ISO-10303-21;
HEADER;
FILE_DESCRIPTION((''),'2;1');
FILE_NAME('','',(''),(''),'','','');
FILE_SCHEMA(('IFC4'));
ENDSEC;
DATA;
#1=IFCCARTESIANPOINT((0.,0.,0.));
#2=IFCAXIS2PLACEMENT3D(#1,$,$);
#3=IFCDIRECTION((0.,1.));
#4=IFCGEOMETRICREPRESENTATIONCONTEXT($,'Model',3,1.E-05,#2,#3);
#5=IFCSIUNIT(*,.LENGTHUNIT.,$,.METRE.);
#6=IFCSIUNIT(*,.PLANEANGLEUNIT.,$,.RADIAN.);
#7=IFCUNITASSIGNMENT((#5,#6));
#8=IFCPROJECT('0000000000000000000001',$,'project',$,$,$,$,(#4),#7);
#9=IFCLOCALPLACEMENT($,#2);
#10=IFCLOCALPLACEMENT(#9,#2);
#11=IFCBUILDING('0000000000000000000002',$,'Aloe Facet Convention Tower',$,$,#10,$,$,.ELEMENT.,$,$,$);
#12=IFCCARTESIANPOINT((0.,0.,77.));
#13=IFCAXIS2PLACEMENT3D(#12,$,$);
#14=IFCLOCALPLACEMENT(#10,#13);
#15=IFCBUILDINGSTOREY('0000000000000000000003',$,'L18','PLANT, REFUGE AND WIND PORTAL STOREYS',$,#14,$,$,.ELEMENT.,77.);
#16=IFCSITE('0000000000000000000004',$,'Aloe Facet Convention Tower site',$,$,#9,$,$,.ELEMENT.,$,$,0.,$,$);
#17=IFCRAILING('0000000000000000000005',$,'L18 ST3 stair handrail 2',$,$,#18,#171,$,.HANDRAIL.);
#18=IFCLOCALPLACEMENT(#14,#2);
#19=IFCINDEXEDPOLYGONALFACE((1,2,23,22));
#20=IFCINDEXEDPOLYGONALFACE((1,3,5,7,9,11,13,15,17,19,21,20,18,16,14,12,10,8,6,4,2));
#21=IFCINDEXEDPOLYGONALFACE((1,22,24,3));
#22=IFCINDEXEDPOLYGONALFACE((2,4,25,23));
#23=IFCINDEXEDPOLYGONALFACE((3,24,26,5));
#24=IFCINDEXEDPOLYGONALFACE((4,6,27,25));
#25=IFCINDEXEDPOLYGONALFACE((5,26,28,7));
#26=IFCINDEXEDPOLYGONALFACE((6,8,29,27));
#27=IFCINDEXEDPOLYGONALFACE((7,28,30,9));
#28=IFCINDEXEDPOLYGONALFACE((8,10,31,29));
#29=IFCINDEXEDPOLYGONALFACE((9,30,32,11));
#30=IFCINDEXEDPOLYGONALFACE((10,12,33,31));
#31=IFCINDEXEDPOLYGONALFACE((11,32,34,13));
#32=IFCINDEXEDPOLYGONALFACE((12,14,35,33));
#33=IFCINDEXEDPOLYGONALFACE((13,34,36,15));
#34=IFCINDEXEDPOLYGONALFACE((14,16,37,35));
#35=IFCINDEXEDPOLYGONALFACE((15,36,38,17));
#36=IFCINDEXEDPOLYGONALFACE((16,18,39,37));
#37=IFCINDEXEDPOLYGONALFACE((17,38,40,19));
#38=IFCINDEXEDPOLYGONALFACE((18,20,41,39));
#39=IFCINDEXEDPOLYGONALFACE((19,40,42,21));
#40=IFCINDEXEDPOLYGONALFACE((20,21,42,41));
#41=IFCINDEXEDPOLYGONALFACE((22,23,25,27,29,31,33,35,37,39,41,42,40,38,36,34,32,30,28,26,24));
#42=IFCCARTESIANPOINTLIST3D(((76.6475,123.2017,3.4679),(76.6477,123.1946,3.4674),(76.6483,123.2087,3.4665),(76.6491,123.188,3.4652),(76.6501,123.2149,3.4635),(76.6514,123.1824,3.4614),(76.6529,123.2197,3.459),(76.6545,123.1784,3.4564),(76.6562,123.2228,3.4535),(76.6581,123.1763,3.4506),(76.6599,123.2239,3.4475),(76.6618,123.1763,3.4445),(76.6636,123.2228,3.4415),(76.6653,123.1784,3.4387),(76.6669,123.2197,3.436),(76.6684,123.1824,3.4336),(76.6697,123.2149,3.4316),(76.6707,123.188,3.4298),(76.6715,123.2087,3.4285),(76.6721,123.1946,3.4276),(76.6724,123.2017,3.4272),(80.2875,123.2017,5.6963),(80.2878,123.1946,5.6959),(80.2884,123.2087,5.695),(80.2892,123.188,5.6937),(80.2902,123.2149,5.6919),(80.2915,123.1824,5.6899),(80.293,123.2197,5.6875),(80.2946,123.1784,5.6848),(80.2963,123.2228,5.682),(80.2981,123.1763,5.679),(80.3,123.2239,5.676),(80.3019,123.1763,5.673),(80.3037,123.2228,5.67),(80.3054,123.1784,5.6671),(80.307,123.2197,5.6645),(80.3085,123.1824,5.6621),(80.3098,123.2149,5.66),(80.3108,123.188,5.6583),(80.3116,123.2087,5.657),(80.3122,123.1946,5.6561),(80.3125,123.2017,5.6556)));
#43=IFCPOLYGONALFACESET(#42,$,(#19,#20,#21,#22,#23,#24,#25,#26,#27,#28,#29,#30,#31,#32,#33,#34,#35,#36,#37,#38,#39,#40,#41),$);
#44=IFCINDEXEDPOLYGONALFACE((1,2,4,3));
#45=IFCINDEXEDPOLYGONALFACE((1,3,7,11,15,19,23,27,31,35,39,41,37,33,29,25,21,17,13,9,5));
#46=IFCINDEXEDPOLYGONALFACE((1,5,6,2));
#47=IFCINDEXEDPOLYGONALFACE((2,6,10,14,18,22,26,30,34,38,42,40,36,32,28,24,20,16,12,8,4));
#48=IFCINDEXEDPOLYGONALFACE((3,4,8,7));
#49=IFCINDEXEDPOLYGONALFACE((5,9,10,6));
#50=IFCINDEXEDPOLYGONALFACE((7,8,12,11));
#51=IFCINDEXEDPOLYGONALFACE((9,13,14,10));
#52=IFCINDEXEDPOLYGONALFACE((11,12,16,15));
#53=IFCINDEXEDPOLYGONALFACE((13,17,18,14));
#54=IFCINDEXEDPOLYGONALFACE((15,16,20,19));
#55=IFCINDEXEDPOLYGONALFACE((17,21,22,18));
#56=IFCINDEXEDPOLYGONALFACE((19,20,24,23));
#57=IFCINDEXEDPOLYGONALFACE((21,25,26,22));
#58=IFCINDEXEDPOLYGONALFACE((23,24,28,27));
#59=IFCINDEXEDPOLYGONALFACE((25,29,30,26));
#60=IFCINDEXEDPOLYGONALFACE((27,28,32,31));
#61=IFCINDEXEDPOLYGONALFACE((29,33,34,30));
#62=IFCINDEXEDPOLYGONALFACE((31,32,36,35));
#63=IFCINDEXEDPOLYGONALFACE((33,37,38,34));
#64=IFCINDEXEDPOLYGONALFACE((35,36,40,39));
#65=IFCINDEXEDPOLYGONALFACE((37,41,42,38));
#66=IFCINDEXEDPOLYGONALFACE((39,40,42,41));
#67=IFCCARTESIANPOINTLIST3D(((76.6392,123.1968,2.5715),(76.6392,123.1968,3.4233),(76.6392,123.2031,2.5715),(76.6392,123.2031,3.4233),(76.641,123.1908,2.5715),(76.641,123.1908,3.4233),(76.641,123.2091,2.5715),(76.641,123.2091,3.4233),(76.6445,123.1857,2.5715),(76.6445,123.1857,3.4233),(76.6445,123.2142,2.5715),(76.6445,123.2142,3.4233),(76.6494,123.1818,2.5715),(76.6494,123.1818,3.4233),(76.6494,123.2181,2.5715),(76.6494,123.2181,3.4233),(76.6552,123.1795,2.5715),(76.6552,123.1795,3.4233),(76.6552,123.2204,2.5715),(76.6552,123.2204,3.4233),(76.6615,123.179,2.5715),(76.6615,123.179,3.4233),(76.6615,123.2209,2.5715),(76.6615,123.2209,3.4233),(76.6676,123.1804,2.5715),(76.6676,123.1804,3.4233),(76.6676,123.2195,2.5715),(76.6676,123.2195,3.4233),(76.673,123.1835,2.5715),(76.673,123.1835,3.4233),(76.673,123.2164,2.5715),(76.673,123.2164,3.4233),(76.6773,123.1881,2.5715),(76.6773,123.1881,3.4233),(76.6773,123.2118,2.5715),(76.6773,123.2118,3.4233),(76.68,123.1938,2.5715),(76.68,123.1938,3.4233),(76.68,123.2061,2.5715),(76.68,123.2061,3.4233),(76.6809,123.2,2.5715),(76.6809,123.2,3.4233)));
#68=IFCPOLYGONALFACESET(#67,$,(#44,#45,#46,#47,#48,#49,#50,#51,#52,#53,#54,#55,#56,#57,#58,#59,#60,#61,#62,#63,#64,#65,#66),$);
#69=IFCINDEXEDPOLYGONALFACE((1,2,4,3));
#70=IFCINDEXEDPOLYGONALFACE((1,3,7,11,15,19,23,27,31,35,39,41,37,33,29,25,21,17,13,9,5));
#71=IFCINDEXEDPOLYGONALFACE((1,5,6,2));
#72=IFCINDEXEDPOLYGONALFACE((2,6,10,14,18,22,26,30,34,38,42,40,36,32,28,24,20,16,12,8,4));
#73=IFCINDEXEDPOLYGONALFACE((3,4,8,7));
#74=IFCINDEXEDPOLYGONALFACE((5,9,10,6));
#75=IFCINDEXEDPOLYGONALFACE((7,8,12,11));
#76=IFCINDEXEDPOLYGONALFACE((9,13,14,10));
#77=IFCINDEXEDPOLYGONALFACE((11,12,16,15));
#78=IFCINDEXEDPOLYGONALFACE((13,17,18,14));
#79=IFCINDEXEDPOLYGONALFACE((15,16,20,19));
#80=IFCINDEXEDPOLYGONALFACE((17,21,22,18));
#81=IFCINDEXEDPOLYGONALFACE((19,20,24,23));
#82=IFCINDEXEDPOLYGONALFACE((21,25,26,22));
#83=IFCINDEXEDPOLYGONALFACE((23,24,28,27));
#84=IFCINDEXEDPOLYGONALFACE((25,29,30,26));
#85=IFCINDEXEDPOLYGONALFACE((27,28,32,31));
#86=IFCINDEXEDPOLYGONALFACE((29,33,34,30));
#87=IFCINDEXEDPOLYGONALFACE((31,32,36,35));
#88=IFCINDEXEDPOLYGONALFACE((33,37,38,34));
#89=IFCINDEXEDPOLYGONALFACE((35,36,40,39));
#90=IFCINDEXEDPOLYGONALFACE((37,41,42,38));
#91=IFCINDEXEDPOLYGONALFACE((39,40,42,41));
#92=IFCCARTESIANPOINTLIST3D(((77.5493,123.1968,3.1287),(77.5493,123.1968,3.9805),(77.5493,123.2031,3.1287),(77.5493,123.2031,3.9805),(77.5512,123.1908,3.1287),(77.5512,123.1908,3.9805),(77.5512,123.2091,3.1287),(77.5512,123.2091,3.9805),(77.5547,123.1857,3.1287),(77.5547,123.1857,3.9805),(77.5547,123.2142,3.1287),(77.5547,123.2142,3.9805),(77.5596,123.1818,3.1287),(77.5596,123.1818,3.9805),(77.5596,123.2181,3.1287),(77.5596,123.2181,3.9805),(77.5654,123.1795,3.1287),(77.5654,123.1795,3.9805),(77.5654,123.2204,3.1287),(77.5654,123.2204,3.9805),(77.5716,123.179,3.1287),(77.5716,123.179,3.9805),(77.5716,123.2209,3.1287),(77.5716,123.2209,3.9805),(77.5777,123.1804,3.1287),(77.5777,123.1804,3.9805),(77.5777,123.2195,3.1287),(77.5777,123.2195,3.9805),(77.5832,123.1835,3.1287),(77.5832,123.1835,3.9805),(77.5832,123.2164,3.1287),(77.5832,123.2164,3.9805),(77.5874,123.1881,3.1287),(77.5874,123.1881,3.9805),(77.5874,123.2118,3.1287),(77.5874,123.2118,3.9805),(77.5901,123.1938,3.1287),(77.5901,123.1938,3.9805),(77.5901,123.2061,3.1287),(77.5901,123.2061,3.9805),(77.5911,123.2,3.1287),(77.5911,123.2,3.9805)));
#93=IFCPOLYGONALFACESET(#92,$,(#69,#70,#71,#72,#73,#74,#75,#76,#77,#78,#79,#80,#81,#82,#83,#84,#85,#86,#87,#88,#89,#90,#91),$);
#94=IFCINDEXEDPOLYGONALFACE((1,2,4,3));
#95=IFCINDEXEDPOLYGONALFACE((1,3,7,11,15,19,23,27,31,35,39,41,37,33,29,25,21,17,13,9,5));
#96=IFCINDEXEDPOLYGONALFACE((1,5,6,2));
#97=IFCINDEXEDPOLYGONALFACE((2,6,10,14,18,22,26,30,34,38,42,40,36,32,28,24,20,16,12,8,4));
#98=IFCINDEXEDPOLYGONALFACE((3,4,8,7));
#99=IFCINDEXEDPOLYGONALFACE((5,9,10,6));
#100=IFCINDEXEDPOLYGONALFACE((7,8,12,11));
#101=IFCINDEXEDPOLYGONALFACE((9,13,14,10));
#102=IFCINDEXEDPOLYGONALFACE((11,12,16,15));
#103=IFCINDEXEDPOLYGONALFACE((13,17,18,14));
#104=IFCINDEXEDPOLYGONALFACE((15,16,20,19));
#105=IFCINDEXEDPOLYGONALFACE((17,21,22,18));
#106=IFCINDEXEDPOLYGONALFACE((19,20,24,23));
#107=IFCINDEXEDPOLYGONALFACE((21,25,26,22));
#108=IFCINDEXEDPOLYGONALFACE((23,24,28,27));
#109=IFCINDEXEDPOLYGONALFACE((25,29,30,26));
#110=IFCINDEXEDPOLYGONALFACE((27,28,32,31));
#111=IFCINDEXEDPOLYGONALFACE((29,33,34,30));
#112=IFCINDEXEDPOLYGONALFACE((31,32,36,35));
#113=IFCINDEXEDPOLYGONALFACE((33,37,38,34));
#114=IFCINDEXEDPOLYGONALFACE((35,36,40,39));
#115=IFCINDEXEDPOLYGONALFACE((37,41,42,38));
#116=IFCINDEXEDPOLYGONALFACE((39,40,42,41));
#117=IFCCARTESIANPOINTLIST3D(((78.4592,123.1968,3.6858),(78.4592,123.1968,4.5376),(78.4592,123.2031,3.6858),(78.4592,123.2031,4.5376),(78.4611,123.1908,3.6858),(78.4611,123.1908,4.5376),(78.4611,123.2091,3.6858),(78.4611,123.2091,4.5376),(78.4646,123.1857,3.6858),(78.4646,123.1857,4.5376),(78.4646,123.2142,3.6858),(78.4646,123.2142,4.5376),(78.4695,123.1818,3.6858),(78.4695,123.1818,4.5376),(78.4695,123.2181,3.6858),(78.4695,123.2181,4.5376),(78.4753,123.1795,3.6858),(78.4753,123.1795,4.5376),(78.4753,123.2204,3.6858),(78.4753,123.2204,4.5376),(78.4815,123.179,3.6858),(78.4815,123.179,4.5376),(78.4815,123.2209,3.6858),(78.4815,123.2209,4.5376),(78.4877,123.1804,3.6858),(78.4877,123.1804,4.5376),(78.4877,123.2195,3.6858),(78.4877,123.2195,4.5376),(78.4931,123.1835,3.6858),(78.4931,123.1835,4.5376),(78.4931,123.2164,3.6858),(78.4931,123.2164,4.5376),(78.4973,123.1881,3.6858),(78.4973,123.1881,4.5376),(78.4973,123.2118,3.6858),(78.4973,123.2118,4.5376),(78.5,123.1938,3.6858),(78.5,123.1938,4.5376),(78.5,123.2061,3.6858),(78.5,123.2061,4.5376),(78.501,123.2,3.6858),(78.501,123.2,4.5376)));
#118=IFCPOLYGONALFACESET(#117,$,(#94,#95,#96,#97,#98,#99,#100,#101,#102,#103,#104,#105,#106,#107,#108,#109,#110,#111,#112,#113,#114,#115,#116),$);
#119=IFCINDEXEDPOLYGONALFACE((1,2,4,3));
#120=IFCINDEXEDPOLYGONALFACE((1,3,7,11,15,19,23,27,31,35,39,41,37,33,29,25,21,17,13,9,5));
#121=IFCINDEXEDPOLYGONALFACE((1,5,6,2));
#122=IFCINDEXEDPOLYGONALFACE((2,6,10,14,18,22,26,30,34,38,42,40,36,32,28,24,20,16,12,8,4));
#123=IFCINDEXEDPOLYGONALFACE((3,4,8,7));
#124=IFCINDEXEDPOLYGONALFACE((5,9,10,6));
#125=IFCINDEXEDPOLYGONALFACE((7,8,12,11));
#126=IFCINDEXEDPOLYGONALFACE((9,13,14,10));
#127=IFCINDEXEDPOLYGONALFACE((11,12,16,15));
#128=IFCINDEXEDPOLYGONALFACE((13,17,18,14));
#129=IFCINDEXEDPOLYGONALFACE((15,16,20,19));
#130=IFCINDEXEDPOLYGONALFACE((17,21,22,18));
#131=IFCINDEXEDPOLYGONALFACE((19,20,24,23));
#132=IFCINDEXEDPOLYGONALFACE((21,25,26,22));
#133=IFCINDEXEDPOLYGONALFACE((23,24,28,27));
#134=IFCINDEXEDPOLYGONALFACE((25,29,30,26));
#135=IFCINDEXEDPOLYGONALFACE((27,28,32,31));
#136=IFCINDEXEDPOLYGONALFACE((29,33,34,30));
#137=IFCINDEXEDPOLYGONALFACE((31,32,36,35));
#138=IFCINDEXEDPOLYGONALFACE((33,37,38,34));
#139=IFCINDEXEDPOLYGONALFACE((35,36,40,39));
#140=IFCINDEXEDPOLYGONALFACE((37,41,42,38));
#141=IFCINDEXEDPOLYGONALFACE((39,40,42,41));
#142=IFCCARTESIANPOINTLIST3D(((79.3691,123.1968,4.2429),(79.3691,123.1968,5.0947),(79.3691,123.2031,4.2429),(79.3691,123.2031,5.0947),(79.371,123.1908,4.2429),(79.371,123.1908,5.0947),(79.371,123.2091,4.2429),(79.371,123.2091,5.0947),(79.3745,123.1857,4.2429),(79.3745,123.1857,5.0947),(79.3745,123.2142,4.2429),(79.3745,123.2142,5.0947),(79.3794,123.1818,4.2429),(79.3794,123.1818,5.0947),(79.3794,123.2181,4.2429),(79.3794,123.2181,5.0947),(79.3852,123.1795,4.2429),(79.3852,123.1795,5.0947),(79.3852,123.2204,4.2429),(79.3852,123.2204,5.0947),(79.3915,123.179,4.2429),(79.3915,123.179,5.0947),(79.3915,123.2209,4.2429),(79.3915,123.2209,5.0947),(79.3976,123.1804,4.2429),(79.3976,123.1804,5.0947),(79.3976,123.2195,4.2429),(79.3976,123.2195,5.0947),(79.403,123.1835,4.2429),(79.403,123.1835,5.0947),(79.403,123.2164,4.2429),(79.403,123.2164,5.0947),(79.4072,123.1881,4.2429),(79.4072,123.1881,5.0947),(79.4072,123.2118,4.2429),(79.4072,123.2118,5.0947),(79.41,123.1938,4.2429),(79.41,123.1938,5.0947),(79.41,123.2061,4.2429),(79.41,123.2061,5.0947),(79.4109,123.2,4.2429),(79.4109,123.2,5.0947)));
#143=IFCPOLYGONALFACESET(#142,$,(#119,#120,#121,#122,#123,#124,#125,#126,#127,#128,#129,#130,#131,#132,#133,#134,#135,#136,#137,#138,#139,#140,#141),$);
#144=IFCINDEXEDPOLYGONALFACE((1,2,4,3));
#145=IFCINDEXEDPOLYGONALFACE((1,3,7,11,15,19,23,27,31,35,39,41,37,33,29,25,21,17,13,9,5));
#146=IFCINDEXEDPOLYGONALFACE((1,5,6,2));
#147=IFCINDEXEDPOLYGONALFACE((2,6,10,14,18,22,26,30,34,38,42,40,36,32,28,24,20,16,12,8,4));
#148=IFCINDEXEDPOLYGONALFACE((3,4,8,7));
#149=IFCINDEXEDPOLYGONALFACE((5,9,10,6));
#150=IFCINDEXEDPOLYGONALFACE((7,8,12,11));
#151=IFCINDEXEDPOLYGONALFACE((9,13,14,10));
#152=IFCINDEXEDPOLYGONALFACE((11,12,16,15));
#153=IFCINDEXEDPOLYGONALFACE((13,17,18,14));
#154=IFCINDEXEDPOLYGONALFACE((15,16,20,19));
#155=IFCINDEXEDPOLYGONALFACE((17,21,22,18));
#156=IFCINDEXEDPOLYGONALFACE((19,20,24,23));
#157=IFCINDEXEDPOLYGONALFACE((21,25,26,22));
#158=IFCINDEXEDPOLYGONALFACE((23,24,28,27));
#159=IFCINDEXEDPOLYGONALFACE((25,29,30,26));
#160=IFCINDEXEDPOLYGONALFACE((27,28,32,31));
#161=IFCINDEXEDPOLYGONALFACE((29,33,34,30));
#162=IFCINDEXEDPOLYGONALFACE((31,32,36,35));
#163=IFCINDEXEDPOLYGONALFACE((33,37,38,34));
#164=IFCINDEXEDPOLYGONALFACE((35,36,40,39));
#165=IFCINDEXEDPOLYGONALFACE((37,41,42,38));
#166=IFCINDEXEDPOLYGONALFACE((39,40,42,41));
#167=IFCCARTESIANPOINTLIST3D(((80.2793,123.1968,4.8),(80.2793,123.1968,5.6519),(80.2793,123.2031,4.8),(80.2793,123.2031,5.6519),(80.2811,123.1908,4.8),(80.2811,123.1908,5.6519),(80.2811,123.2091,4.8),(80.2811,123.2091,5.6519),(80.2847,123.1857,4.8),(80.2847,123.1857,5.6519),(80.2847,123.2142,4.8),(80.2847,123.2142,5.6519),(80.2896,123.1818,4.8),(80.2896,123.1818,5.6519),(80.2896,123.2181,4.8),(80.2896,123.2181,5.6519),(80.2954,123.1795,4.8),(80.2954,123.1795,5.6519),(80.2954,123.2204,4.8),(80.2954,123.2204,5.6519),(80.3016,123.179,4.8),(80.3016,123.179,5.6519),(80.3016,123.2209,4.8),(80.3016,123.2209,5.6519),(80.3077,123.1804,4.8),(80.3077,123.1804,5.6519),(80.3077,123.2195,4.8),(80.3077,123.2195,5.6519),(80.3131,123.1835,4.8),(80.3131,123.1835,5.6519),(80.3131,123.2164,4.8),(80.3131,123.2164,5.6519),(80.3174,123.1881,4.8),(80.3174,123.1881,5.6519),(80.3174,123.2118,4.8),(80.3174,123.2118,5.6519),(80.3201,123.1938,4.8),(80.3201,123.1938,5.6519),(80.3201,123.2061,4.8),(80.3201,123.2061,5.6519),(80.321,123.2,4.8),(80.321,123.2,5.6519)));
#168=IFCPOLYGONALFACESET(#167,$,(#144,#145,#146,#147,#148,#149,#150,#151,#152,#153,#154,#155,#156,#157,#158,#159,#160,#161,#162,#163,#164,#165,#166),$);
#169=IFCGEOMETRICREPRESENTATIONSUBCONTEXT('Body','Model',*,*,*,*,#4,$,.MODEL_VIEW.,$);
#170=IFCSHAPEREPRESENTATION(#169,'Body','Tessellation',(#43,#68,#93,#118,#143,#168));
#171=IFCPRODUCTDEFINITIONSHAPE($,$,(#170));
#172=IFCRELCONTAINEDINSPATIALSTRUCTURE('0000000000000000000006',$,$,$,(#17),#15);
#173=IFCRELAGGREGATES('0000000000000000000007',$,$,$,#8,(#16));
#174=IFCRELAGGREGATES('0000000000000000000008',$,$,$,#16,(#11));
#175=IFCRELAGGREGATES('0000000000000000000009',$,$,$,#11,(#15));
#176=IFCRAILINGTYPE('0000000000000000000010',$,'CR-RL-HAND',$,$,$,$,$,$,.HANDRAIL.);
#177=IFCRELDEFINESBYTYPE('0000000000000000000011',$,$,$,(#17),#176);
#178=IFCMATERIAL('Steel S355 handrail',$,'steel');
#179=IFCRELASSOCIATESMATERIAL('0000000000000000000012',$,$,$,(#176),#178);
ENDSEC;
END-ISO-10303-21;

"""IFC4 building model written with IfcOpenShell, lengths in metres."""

from ifc_helpers import new_model, si_unit, direction, frame, origin, origin_2d, place, context, subcontext, project, spatial, circle, extrude, material, type_object, element, save


model = new_model("IFC4")

# Units and contexts
model_context = context("Model", 3, precision=1e-05, world=origin(), true_north=direction((0.0, 1.0)))
body_context = subcontext(model_context, "Body", "Model", "MODEL_VIEW")
ifc_project = project(units=[si_unit("LENGTHUNIT", "METRE"), si_unit("PLANEANGLEUNIT", "RADIAN")], contexts=[model_context])

# Site, building, storey
site_placement = place(None, origin())
site = spatial("IfcSite", under=ifc_project, at=site_placement, Name="Aloe Facet Convention Tower site", CompositionType="ELEMENT", RefElevation=0.0)
building_placement = place(site_placement, origin())
building = spatial("IfcBuilding", under=site, at=building_placement, Name="Aloe Facet Convention Tower", CompositionType="ELEMENT")
storey_placement = place(building_placement, frame((0.0, 0.0, 77.0)))
storey = spatial("IfcBuildingStorey", under=building, at=storey_placement, Name="L18", Description="PLANT, REFUGE AND WIND PORTAL STOREYS", CompositionType="ELEMENT", Elevation=77.0)

# Railing
ifc_material_1 = material(Name="Steel S355 handrail", Category="steel")
railing_type_1 = type_object("IfcRailingType", Name="CR-RL-HAND", PredefinedType="HANDRAIL", material=ifc_material_1)
railing_1_placement = place(storey_placement, frame((76.6599, 123.2, 2.5715)))
element("IfcRailing", 1, at=railing_1_placement, inside=storey, type_object=railing_type_1, Name="L18 ST3 stair handrail 2", PredefinedType="HANDRAIL", context=body_context, shape_type="SweptSolid", body=[
    extrude(circle(Radius=0.0239, at=origin_2d()), frame((0.0, 0.0, 0.876), z_axis=(0.852866, 0.0, 0.52213), x_axis=(0.0, 1.0, 0.0)), (0.0, 0.0, 1.0), 4.2681),
    extrude(circle(Radius=0.021, at=origin_2d()), origin(), (0.0, 0.0, 1.0), 0.8518),
    extrude(circle(Radius=0.021, at=origin_2d()), frame((0.9102, 0.0, 0.5571)), (0.0, 0.0, 1.0), 0.8518),
    extrude(circle(Radius=0.021, at=origin_2d()), frame((1.8201, 0.0, 1.1143)), (0.0, 0.0, 1.0), 0.8518),
    extrude(circle(Radius=0.021, at=origin_2d()), frame((2.73, 0.0, 1.6714)), (0.0, 0.0, 1.0), 0.8518),
    extrude(circle(Radius=0.021, at=origin_2d()), frame((3.6401, 0.0, 2.2285)), (0.0, 0.0, 1.0), 0.8518),
])

save(model, "model.ifc")
